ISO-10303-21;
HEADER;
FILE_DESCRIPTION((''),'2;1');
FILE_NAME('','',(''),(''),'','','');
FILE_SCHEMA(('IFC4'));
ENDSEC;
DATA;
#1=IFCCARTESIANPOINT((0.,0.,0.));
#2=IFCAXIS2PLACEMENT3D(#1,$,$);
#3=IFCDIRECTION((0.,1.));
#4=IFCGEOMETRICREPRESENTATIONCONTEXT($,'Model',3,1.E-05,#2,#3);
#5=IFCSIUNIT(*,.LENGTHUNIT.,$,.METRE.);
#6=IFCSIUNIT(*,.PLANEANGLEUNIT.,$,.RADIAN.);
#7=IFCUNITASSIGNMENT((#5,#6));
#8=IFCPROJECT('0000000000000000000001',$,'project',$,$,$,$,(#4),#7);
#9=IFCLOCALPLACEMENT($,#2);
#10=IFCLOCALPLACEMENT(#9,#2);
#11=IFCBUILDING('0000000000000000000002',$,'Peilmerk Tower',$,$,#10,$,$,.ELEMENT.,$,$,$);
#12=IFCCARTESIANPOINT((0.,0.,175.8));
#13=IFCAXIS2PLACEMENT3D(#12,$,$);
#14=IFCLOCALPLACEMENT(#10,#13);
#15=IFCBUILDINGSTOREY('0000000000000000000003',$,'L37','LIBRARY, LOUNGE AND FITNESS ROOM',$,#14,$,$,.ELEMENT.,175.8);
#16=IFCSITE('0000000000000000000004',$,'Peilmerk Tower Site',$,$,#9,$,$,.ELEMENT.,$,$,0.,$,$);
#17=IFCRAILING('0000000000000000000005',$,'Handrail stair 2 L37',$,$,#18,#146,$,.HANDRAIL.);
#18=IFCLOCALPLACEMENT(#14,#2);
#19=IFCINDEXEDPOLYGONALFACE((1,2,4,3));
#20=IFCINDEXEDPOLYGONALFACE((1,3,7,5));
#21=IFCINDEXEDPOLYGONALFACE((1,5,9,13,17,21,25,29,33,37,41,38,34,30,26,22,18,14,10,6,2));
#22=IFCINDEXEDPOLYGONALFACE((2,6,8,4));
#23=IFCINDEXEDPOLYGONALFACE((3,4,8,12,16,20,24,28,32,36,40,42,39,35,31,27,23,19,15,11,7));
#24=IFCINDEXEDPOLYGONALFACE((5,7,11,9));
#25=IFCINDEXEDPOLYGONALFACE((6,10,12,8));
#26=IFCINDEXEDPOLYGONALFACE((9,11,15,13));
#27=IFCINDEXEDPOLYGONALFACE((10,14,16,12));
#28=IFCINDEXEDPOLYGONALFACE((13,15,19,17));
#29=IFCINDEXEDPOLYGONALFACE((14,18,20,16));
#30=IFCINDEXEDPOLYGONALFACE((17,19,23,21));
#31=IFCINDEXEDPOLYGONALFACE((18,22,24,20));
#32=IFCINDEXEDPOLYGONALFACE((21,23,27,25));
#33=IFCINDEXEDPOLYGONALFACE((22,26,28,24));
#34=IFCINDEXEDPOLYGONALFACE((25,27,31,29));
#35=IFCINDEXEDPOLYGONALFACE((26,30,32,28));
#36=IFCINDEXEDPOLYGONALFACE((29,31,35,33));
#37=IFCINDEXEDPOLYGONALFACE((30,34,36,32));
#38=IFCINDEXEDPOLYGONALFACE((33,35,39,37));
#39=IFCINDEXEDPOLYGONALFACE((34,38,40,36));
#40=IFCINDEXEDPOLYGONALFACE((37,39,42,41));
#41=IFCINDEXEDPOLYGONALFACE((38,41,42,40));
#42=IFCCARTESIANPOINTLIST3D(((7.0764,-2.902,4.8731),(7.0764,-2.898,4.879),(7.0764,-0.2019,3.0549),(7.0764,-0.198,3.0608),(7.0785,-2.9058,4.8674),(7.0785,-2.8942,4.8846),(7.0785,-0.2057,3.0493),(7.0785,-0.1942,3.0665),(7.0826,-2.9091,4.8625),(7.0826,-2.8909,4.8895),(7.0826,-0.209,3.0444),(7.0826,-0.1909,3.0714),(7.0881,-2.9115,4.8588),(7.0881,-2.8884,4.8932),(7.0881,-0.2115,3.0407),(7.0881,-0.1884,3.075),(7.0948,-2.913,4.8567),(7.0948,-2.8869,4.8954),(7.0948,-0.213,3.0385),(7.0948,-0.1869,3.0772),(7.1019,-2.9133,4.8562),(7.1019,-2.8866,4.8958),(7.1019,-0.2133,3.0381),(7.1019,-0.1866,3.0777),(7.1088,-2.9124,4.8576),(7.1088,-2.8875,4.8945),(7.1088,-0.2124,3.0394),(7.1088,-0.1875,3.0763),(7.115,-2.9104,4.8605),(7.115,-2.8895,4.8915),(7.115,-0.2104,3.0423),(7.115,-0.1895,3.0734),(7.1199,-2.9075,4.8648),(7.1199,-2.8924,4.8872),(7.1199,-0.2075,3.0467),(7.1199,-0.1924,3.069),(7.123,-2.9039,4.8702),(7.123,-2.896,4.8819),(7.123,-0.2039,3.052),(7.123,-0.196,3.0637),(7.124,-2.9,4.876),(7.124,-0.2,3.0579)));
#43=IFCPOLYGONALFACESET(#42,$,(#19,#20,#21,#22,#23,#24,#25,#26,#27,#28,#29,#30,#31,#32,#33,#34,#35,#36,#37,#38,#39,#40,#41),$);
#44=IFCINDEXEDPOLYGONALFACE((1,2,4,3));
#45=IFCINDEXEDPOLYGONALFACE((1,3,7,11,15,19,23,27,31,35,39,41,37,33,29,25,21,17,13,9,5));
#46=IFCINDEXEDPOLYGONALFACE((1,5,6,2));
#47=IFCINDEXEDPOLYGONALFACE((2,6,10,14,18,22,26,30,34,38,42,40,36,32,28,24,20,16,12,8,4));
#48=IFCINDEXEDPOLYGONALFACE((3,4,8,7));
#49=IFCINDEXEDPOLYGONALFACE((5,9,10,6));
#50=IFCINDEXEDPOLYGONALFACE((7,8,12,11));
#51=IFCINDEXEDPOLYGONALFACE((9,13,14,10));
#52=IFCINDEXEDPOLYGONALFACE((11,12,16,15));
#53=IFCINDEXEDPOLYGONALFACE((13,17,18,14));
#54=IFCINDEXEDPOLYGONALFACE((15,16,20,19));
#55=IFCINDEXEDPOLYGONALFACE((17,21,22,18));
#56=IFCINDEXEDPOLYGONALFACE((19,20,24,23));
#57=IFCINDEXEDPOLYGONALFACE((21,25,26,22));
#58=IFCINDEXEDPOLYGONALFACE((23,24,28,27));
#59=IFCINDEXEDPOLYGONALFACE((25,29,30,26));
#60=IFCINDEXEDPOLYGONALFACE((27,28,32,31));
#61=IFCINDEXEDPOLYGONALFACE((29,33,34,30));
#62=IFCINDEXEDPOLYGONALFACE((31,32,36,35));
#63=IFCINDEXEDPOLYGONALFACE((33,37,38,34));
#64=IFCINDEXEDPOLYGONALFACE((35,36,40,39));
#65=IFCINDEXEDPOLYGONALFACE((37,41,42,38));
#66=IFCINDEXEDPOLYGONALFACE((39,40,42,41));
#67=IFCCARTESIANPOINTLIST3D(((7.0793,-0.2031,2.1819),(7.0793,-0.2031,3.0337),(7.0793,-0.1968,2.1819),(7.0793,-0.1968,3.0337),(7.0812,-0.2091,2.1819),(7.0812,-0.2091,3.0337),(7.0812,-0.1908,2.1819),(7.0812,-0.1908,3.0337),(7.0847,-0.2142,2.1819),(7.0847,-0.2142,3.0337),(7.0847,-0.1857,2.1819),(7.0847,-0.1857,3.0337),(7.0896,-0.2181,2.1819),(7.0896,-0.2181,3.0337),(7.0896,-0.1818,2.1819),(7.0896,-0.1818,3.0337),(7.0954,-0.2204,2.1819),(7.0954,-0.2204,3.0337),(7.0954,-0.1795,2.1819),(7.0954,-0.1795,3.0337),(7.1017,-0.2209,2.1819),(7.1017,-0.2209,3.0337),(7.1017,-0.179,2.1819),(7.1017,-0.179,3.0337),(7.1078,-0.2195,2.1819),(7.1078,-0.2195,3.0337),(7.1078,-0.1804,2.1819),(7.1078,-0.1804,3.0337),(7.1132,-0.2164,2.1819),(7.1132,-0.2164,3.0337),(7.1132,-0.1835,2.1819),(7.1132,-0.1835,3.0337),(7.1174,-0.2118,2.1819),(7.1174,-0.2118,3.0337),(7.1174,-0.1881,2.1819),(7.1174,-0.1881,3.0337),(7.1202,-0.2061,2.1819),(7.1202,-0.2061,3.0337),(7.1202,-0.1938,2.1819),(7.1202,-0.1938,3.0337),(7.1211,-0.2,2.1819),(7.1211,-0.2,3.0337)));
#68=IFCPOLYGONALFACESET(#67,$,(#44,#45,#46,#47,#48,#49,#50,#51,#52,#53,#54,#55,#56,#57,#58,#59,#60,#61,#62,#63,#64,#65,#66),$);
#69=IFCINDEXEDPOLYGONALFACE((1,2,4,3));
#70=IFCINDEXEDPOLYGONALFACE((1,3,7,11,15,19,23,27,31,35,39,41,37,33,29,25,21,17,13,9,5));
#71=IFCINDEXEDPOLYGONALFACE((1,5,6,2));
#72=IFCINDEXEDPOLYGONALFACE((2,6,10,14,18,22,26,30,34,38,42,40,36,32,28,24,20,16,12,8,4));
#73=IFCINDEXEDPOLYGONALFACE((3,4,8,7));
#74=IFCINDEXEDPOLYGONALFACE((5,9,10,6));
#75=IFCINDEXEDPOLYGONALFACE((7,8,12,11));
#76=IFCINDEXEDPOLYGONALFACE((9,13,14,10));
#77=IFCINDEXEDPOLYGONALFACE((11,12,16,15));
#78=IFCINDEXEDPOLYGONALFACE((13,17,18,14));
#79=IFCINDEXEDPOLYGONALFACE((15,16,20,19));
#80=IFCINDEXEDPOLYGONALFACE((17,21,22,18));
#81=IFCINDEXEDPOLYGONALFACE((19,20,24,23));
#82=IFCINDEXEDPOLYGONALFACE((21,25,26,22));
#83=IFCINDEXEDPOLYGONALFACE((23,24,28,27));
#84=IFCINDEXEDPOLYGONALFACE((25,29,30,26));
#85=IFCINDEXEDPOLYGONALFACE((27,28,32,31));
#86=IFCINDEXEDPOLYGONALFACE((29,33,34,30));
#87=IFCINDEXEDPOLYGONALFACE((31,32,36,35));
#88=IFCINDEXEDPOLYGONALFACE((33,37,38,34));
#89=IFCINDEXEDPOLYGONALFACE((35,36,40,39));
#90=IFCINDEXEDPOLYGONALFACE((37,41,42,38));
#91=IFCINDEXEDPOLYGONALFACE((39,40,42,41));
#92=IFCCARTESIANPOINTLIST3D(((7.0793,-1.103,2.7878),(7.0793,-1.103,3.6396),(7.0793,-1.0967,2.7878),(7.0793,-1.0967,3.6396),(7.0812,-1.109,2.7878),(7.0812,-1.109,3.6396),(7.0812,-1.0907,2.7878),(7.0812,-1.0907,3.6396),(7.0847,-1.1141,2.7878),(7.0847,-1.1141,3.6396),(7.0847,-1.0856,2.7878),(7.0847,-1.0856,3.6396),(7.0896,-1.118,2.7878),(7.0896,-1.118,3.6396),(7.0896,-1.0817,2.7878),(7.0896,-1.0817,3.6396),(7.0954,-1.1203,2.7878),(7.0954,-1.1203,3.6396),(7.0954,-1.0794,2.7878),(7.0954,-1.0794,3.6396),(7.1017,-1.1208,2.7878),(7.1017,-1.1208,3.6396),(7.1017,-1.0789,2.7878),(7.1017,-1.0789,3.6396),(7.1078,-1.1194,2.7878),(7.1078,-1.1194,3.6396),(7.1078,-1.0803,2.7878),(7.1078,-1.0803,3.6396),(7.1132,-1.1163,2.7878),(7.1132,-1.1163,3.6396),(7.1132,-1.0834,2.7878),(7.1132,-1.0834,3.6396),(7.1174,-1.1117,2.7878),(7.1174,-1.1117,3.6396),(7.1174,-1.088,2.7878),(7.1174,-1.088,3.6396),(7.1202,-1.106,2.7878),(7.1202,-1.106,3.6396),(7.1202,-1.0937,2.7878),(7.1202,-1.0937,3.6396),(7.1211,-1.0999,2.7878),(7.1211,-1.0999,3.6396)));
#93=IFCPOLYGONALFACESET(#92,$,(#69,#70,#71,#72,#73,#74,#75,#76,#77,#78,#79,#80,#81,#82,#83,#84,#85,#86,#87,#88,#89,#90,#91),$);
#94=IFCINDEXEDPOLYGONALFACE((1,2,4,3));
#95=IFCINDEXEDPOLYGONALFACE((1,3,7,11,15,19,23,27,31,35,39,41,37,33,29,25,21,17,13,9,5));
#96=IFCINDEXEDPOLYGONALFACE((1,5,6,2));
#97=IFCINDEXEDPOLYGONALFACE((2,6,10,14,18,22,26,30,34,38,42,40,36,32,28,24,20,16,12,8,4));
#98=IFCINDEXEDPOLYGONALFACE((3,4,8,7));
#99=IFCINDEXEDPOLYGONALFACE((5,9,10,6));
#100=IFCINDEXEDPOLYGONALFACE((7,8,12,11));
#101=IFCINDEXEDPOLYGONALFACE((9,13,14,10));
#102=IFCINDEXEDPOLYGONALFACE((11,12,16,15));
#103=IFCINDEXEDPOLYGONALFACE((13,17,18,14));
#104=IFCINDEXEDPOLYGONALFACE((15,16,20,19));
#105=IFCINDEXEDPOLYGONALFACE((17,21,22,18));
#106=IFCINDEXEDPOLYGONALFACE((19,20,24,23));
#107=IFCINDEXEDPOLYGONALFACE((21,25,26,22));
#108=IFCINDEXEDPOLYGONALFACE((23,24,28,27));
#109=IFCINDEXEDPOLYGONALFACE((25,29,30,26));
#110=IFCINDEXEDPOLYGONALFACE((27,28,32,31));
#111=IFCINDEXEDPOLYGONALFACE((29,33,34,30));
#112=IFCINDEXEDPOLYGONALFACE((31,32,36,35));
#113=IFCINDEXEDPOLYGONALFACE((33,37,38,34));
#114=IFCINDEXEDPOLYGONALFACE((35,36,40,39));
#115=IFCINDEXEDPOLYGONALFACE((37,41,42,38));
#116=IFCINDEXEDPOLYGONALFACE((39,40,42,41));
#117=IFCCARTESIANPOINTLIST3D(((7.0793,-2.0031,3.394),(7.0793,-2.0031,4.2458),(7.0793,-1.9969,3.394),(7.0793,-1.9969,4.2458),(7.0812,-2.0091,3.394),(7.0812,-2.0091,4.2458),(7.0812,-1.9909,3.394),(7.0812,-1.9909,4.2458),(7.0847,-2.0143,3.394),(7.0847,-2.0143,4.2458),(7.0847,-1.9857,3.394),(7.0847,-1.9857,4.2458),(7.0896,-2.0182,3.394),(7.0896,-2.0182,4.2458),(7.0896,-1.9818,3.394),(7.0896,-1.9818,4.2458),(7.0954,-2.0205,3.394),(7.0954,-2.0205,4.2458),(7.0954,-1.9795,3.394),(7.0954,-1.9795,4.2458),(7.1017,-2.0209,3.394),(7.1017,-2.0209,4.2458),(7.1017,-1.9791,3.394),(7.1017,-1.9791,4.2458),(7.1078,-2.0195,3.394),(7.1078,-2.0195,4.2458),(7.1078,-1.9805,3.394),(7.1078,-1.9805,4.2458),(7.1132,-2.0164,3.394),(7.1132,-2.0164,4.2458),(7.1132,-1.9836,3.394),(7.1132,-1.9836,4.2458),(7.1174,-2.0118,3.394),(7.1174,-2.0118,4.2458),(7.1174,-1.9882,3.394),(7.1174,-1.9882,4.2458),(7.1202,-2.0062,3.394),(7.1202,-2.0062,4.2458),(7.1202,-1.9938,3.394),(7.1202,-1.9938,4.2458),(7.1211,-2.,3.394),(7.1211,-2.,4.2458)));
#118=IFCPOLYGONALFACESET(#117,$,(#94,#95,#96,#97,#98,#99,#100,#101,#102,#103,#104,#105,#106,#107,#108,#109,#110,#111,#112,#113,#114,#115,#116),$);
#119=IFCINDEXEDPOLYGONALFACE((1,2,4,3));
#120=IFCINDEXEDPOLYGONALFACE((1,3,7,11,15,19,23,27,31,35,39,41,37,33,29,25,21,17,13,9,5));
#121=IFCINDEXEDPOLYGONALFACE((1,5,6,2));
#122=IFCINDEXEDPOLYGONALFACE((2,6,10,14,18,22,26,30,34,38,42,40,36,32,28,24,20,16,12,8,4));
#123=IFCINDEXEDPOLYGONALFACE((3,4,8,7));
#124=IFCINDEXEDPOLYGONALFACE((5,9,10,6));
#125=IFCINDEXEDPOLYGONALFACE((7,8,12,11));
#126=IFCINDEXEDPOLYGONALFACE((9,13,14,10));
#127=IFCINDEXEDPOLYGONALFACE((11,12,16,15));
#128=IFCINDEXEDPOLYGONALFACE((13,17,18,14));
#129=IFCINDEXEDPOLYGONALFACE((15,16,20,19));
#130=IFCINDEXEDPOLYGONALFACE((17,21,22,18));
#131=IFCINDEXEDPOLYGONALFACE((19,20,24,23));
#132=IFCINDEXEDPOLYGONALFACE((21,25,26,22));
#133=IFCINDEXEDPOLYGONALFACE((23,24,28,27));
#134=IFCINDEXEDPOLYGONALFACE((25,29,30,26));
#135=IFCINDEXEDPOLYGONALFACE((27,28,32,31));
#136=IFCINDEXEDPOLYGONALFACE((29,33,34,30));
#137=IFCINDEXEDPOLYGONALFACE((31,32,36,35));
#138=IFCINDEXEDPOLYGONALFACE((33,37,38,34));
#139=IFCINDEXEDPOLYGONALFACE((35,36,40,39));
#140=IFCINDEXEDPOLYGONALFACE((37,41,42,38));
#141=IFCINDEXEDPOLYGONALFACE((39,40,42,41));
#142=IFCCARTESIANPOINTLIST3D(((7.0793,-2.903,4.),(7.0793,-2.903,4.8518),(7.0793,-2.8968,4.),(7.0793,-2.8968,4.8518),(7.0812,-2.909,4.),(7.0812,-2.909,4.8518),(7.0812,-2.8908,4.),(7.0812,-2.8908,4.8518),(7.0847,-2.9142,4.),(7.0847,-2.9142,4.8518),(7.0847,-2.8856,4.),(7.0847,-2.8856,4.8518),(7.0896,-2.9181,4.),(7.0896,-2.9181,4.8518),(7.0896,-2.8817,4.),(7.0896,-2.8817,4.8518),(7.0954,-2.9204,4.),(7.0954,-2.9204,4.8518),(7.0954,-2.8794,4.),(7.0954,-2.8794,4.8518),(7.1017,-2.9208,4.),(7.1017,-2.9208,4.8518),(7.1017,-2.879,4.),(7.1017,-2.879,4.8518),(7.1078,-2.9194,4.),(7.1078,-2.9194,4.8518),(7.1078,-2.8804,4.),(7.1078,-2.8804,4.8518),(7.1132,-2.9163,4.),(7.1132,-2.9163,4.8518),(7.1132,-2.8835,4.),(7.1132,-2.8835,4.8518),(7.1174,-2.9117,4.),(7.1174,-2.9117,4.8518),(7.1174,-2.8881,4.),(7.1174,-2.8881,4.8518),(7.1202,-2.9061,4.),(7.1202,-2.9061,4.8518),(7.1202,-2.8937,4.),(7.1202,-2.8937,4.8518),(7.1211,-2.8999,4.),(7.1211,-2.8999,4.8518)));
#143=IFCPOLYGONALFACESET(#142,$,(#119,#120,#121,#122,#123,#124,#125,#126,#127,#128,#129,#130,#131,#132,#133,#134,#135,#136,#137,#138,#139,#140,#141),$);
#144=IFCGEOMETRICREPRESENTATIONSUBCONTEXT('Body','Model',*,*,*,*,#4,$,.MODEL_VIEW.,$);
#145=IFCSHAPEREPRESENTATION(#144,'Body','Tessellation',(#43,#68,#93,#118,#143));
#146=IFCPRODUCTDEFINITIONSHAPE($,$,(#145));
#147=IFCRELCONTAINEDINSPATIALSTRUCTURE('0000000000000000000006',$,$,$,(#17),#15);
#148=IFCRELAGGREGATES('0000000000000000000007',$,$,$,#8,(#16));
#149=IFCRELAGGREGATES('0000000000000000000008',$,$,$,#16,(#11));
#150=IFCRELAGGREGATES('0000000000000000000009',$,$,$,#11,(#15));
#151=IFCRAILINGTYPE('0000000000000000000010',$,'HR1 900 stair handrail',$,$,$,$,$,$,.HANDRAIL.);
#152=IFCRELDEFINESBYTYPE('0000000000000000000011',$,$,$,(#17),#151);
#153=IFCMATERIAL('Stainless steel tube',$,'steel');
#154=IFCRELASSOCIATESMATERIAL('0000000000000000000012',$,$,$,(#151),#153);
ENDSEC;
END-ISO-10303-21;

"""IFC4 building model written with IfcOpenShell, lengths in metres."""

from ifc_helpers import new_model, si_unit, direction, frame, origin, origin_2d, place, context, subcontext, project, spatial, circle, extrude, material, type_object, element, save


model = new_model("IFC4")

# Units and contexts
model_context = context("Model", 3, precision=1e-05, world=origin(), true_north=direction((0.0, 1.0)))
body_context = subcontext(model_context, "Body", "Model", "MODEL_VIEW")
ifc_project = project(units=[si_unit("LENGTHUNIT", "METRE"), si_unit("PLANEANGLEUNIT", "RADIAN")], contexts=[model_context])

# Site, building, storey
site_placement = place(None, origin())
site = spatial("IfcSite", under=ifc_project, at=site_placement, Name="Peilmerk Tower Site", CompositionType="ELEMENT", RefElevation=0.0)
building_placement = place(site_placement, origin())
building = spatial("IfcBuilding", under=site, at=building_placement, Name="Peilmerk Tower", CompositionType="ELEMENT")
storey_placement = place(building_placement, frame((0.0, 0.0, 175.8)))
storey = spatial("IfcBuildingStorey", under=building, at=storey_placement, Name="L37", Description="LIBRARY, LOUNGE AND FITNESS ROOM", CompositionType="ELEMENT", Elevation=175.8)

# Railing
ifc_material_1 = material(Name="Stainless steel tube", Category="steel")
railing_type_1 = type_object("IfcRailingType", Name="HR1 900 stair handrail", PredefinedType="HANDRAIL", material=ifc_material_1)
railing_1_placement = place(storey_placement, frame((7.1001, -0.2, 2.1819)))
element("IfcRailing", 1, at=railing_1_placement, inside=storey, type_object=railing_type_1, Name="Handrail stair 2 L37", PredefinedType="HANDRAIL", context=body_context, shape_type="SweptSolid", body=[
    extrude(circle(Radius=0.0239, at=origin_2d()), frame((0.0, 0.0, 0.876), z_axis=(0.0, -0.829468, 0.558554), x_axis=(1.0, 0.0, 0.0)), (0.0, 0.0, 1.0), 3.2551),
    extrude(circle(Radius=0.021, at=origin_2d()), origin(), (0.0, 0.0, 1.0), 0.8518),
    extrude(circle(Radius=0.021, at=origin_2d()), frame((0.0, -0.8999, 0.606)), (0.0, 0.0, 1.0), 0.8518),
    extrude(circle(Radius=0.021, at=origin_2d()), frame((0.0, -1.8, 1.2122)), (0.0, 0.0, 1.0), 0.8518),
    extrude(circle(Radius=0.021, at=origin_2d()), frame((0.0, -2.7, 1.8181)), (0.0, 0.0, 1.0), 0.8518),
])

save(model, "model.ifc")
